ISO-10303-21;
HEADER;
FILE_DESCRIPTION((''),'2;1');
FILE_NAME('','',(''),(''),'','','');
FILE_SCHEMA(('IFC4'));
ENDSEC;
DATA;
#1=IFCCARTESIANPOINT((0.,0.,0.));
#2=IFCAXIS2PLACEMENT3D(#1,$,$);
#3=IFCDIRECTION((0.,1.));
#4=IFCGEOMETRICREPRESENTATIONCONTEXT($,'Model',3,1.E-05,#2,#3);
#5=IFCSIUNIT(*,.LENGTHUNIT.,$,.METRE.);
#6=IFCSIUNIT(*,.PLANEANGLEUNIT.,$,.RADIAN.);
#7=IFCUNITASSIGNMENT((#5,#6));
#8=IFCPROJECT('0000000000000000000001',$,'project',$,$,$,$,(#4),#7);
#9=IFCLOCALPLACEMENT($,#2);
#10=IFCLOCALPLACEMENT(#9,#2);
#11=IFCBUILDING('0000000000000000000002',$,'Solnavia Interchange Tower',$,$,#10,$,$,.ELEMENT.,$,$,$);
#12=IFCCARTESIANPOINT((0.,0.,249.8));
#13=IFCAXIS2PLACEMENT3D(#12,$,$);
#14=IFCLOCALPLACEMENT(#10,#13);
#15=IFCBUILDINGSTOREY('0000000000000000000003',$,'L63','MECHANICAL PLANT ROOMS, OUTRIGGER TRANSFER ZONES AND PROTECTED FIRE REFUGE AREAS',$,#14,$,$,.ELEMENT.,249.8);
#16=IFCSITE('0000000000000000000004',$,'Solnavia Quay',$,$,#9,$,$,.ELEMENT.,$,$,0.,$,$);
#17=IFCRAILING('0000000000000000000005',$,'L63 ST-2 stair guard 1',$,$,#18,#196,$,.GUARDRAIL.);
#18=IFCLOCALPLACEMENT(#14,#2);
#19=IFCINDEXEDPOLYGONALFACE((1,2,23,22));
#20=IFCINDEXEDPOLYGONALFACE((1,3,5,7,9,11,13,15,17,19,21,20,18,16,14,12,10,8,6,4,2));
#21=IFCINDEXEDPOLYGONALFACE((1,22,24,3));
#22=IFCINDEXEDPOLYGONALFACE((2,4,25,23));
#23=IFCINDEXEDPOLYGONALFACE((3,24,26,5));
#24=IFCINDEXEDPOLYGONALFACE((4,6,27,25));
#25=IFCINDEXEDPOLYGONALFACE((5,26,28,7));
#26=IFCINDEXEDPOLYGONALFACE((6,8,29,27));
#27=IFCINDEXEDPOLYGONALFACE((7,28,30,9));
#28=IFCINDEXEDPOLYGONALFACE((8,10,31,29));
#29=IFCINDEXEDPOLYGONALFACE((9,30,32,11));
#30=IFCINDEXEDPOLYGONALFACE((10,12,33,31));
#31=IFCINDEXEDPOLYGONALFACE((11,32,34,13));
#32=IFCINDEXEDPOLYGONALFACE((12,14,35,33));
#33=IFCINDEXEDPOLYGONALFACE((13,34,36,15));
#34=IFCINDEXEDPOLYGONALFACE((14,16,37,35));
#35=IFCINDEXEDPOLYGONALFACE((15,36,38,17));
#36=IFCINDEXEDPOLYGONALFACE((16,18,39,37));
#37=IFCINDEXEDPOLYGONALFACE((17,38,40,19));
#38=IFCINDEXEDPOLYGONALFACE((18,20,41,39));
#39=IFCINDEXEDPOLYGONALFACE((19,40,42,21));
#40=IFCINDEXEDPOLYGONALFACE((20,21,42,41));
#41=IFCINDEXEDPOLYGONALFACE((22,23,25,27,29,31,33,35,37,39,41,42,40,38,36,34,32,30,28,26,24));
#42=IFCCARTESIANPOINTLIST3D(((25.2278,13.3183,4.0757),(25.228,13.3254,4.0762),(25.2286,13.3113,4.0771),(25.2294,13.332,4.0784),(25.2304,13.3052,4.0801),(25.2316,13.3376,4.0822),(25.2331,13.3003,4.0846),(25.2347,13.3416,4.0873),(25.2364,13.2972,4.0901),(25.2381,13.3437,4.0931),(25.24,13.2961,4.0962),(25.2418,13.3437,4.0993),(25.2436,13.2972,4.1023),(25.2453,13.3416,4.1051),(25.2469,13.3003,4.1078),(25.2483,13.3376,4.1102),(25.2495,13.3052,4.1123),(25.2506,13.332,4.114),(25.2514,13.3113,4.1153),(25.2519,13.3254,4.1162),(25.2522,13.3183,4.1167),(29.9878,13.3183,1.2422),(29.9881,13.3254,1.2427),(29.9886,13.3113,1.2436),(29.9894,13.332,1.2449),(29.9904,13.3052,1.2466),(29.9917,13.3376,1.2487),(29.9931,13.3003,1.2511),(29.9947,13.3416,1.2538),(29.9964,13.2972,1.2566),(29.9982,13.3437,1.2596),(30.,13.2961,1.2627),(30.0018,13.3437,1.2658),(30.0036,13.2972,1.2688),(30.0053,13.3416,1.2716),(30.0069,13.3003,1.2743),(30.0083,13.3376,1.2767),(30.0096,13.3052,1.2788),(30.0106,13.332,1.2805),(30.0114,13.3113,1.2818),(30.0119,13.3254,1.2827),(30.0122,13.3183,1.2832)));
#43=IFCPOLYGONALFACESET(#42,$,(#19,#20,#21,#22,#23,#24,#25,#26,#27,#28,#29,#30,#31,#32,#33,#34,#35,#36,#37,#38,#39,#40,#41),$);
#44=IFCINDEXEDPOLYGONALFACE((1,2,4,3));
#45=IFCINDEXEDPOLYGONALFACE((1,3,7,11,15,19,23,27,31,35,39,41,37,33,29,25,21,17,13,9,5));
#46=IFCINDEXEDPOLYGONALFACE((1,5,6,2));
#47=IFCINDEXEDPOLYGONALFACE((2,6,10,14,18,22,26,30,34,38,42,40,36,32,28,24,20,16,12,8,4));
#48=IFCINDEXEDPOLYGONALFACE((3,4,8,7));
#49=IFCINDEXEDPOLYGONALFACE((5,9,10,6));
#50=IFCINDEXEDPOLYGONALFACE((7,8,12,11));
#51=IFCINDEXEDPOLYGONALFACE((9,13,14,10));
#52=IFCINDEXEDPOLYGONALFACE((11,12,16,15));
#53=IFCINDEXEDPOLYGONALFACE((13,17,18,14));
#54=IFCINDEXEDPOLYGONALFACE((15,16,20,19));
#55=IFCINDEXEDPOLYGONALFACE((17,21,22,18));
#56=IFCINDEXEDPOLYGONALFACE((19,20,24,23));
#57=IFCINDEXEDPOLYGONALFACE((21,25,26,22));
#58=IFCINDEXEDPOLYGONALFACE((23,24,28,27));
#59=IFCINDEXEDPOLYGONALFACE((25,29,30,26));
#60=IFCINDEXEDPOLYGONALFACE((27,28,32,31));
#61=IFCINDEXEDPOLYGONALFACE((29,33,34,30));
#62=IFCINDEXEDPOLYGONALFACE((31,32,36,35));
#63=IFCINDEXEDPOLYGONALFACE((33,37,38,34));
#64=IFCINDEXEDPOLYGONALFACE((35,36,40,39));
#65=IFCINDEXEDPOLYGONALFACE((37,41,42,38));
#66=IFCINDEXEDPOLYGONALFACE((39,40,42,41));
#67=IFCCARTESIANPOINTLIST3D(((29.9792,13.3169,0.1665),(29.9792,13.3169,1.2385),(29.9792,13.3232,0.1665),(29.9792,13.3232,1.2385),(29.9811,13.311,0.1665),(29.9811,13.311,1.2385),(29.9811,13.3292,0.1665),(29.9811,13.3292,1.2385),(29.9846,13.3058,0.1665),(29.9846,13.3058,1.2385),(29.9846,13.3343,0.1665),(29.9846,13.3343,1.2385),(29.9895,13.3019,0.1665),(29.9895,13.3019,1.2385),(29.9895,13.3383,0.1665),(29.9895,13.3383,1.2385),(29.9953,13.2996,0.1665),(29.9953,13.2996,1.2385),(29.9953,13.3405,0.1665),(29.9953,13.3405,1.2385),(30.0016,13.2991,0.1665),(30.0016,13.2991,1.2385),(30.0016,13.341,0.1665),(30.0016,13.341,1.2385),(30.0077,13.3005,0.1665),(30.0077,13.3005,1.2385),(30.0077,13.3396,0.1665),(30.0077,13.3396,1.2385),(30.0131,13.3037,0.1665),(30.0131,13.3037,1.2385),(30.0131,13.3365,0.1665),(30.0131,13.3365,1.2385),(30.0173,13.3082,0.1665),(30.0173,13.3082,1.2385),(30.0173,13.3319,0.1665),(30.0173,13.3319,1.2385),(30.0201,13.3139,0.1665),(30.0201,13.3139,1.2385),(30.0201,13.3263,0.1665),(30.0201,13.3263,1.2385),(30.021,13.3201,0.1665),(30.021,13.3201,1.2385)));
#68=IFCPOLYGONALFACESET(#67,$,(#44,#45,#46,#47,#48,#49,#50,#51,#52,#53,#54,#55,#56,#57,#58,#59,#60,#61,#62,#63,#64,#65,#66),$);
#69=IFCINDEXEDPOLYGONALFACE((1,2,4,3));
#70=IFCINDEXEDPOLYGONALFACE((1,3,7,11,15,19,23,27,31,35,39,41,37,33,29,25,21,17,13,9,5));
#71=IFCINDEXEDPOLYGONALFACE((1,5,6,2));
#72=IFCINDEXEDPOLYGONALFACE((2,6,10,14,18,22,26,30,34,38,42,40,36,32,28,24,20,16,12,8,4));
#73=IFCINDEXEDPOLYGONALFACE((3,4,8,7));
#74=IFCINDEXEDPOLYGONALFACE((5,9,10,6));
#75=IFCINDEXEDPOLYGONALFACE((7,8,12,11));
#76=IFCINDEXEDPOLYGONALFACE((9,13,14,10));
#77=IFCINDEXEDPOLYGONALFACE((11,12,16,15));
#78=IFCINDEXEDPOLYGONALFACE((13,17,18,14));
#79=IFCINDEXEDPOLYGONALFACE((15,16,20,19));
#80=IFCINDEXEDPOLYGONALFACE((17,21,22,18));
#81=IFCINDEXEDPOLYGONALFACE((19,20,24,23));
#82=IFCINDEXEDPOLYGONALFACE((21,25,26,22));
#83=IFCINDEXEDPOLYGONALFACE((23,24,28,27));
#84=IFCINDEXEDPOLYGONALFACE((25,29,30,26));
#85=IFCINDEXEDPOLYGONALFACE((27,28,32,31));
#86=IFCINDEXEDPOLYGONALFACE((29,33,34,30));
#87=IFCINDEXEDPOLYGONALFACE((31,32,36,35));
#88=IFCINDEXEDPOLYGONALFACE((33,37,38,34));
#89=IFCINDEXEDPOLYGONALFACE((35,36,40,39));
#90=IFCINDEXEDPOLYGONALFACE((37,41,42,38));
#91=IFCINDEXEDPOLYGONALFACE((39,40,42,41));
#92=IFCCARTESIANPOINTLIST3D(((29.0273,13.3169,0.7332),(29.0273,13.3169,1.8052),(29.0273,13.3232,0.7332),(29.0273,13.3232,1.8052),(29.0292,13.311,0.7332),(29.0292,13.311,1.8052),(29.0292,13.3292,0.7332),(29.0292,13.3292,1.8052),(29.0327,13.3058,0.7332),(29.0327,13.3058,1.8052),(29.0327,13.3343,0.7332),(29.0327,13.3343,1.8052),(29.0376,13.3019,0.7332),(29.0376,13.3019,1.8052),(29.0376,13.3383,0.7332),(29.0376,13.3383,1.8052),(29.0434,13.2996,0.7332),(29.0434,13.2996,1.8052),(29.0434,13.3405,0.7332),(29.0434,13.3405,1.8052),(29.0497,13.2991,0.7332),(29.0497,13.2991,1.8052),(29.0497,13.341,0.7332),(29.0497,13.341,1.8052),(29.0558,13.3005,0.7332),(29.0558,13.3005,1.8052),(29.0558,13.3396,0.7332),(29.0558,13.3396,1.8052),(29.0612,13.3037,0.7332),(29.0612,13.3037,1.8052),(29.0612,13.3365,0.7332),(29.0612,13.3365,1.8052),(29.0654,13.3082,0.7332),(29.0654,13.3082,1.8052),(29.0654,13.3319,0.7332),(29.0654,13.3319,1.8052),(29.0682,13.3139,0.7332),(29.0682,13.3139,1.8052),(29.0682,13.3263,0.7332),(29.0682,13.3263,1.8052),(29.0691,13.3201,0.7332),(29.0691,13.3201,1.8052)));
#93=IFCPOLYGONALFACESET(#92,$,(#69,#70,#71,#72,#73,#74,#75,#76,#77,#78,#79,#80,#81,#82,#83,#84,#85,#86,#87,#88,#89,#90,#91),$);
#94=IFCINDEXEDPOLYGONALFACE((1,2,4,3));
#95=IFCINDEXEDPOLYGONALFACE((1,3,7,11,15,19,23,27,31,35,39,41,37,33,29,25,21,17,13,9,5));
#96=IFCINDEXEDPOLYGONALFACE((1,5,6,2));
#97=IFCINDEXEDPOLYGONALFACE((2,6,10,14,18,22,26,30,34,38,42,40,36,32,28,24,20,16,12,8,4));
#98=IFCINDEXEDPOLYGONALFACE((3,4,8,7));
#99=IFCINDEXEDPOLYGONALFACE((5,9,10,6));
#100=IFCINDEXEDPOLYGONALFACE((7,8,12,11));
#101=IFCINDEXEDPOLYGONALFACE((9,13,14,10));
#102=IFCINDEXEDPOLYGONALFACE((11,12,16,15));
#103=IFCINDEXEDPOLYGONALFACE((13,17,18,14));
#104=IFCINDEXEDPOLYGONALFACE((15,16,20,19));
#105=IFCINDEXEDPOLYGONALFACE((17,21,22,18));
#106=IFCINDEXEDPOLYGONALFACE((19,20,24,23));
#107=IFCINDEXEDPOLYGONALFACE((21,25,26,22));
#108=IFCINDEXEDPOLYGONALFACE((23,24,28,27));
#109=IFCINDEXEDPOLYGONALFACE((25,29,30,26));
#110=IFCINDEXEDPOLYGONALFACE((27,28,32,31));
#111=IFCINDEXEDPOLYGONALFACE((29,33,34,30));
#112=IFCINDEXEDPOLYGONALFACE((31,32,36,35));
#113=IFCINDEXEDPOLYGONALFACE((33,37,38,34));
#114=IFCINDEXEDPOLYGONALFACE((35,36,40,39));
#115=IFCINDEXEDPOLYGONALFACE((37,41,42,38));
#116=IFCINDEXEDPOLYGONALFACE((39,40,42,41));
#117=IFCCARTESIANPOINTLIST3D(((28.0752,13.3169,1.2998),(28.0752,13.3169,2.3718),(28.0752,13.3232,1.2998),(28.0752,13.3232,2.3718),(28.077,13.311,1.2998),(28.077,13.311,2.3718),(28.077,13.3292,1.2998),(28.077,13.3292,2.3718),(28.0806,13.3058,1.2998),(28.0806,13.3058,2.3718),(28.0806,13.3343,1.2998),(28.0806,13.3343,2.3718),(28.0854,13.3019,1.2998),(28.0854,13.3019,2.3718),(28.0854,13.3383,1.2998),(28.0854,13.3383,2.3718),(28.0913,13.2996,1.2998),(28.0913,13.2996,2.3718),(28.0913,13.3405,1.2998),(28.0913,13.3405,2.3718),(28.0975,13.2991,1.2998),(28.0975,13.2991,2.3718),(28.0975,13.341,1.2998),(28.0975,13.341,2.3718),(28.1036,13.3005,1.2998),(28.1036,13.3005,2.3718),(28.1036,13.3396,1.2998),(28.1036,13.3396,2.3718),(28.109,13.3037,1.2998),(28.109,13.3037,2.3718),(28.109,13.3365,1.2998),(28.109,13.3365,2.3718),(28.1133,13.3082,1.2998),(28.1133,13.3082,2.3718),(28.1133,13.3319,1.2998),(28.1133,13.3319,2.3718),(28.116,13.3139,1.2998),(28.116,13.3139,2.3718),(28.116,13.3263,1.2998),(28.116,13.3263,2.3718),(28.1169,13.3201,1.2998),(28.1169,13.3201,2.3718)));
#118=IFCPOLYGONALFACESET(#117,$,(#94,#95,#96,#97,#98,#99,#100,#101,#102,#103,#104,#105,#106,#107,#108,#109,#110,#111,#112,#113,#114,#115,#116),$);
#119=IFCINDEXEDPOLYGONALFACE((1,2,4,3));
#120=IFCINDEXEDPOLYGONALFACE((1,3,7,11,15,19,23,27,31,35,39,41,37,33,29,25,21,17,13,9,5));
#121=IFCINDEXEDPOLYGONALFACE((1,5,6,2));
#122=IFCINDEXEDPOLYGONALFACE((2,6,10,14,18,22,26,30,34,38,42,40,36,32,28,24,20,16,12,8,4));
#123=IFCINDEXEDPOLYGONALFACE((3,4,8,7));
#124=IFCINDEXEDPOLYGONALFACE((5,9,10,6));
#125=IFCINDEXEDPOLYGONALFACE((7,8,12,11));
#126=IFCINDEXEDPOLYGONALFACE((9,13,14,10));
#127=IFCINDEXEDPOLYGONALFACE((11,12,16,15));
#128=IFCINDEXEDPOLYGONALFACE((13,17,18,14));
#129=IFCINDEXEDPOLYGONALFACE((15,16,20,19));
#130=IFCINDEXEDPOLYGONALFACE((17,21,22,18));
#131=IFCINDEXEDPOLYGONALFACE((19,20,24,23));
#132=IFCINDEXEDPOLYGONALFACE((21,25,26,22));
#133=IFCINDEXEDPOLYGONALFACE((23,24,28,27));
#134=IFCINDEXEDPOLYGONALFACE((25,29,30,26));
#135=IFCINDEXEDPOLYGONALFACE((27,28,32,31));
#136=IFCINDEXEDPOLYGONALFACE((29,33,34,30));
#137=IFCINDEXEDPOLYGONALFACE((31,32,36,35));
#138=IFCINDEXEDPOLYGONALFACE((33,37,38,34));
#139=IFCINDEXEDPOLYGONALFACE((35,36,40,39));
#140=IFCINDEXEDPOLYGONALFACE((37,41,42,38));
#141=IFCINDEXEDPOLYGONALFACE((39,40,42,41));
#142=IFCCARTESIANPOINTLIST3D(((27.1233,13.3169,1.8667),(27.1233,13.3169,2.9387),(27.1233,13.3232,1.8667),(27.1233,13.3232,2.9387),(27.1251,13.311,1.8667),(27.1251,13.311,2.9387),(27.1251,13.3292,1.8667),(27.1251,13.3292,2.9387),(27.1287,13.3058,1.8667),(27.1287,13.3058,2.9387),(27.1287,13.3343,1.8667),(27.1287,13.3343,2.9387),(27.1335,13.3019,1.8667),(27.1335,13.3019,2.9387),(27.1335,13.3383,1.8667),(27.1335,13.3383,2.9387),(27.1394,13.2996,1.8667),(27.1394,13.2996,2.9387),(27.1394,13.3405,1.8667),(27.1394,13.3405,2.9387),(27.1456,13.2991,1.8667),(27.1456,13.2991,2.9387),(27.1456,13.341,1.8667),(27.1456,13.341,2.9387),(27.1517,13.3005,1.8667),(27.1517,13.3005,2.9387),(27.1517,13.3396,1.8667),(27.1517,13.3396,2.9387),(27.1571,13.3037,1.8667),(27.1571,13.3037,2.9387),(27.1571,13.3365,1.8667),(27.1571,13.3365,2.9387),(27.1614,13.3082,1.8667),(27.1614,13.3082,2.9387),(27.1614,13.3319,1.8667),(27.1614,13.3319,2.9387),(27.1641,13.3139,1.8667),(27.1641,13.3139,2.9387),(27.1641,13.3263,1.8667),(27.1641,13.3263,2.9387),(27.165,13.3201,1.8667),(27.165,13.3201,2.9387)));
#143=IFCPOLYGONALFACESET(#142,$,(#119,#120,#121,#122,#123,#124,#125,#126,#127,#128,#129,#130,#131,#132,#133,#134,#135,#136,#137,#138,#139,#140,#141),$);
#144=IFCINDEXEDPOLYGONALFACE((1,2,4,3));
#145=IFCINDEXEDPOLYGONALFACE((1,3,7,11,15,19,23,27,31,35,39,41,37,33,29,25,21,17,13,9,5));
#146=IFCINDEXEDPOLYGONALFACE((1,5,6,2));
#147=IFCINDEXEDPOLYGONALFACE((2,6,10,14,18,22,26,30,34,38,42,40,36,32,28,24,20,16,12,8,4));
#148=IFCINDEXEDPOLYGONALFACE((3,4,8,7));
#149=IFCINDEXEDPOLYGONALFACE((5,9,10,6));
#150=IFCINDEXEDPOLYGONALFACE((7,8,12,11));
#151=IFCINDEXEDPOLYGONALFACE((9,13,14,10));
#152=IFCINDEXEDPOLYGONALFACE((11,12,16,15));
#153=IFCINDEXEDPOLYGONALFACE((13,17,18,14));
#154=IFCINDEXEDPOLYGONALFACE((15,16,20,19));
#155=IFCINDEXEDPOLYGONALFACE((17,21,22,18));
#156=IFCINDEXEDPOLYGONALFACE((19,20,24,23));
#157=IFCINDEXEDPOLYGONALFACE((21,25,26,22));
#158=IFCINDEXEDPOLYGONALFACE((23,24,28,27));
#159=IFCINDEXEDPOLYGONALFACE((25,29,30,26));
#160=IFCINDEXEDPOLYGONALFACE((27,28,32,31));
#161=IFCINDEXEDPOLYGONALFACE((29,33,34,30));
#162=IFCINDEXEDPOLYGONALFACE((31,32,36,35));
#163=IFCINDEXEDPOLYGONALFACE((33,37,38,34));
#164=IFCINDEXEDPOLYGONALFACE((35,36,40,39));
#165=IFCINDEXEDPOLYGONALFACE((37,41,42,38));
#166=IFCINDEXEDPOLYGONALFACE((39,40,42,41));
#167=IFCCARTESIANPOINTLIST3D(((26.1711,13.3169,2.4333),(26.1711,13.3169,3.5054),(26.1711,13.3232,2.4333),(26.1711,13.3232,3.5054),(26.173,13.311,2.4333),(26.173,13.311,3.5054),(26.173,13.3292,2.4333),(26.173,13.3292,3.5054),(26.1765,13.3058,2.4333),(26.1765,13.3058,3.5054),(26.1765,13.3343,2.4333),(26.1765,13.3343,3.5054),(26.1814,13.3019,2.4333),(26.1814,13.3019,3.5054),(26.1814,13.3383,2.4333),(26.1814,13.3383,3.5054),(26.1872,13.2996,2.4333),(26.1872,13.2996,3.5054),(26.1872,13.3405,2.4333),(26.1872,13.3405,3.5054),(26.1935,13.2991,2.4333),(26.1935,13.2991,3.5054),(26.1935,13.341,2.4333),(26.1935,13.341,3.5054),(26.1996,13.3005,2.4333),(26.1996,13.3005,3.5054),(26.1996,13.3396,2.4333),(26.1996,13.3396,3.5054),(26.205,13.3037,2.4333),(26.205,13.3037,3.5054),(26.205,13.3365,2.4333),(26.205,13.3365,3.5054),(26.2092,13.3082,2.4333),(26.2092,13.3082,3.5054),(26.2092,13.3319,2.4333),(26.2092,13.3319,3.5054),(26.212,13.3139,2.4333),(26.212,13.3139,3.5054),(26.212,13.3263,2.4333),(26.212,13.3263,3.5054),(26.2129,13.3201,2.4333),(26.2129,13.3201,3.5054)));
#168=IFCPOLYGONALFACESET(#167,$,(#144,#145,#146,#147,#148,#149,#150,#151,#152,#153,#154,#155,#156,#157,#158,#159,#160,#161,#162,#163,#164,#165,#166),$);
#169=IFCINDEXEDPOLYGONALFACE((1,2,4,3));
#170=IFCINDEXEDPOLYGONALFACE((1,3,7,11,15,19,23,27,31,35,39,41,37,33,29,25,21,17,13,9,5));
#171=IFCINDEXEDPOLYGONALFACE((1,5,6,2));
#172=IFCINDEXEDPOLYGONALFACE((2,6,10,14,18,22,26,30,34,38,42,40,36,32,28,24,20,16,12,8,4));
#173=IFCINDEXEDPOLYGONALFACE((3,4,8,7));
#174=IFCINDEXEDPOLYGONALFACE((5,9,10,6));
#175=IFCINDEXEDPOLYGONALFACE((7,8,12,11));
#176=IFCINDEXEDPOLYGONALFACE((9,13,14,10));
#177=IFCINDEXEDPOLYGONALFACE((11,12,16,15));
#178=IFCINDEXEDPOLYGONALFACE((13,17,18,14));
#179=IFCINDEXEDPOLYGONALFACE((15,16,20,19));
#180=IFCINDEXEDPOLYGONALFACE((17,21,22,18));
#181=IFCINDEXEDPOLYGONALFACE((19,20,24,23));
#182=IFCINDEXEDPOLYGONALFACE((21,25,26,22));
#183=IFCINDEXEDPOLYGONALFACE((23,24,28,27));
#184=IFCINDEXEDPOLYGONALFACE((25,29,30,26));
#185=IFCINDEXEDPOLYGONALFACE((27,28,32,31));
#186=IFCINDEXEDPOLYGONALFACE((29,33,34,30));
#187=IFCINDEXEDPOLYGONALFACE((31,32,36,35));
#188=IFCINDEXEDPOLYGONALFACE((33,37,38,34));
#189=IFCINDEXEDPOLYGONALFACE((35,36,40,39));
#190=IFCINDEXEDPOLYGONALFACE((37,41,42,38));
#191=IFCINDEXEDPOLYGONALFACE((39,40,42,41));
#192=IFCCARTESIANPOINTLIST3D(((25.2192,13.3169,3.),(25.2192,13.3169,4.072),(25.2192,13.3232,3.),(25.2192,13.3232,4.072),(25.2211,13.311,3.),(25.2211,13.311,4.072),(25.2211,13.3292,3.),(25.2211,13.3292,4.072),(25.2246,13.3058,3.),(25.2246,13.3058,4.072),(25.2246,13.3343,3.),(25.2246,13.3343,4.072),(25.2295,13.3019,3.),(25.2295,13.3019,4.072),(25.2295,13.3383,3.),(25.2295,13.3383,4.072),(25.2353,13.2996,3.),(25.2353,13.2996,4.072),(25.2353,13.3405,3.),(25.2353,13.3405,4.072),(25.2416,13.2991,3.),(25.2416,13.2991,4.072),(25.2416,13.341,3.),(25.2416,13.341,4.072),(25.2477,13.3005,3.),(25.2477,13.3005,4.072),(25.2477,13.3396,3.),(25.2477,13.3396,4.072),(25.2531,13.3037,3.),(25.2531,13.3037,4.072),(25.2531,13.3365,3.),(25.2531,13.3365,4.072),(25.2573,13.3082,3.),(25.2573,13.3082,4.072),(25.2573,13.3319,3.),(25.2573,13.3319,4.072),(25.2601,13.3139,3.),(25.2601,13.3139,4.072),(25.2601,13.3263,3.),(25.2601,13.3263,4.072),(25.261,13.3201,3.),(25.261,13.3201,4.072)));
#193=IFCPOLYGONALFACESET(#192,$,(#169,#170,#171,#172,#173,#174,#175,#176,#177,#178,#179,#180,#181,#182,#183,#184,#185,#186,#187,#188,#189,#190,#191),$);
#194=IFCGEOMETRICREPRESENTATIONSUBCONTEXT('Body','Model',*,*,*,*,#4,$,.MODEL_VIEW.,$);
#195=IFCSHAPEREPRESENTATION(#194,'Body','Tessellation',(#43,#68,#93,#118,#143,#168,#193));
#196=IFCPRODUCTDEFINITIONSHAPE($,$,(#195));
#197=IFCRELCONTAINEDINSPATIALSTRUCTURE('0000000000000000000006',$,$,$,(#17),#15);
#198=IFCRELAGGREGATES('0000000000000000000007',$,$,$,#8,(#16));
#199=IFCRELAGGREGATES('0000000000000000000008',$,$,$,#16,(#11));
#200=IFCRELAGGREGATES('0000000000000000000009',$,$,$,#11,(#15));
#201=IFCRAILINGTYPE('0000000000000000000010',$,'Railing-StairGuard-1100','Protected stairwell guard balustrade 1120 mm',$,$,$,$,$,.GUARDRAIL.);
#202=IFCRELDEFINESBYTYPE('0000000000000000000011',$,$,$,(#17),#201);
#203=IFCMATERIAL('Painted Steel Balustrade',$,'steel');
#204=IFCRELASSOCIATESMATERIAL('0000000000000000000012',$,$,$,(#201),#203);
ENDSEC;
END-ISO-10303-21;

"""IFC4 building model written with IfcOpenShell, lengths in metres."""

from ifc_helpers import new_model, si_unit, direction, frame, origin, origin_2d, place, context, subcontext, project, spatial, circle, extrude, material, type_object, element, save


model = new_model("IFC4")

# Units and contexts
model_context = context("Model", 3, precision=1e-05, world=origin(), true_north=direction((0.0, 1.0)))
body_context = subcontext(model_context, "Body", "Model", "MODEL_VIEW")
ifc_project = project(units=[si_unit("LENGTHUNIT", "METRE"), si_unit("PLANEANGLEUNIT", "RADIAN")], contexts=[model_context])

# Site, building, storey
site_placement = place(None, origin())
site = spatial("IfcSite", under=ifc_project, at=site_placement, Name="Solnavia Quay", CompositionType="ELEMENT", RefElevation=0.0)
building_placement = place(site_placement, origin())
building = spatial("IfcBuilding", under=site, at=building_placement, Name="Solnavia Interchange Tower", CompositionType="ELEMENT")
storey_placement = place(building_placement, frame((0.0, 0.0, 249.8)))
storey = spatial("IfcBuildingStorey", under=building, at=storey_placement, Name="L63", Description="MECHANICAL PLANT ROOMS, OUTRIGGER TRANSFER ZONES AND PROTECTED FIRE REFUGE AREAS", CompositionType="ELEMENT", Elevation=249.8)

# Railing
ifc_material_1 = material(Name="Painted Steel Balustrade", Category="steel")
railing_type = type_object("IfcRailingType", Name="Railing-StairGuard-1100", Description="Protected stairwell guard balustrade 1120 mm", PredefinedType="GUARDRAIL", material=ifc_material_1)
railing_1_placement = place(storey_placement, frame((30.0, 13.3201, 0.1665)))
element("IfcRailing", 1, at=railing_1_placement, inside=storey, type_object=railing_type, Name="L63 ST-2 stair guard 1", PredefinedType="GUARDRAIL", context=body_context, shape_type="SweptSolid", body=[
    extrude(circle(Radius=0.0239, at=origin_2d()), frame((0.0, 0.0, 1.0962), z_axis=(-0.85928, 0.0, 0.511505), x_axis=(0.0, -1.0, 0.0)), (0.0, 0.0, 1.0), 5.5396),
    extrude(circle(Radius=0.021, at=origin_2d()), origin(), (0.0, 0.0, 1.0), 1.072),
    extrude(circle(Radius=0.021, at=origin_2d()), frame((-0.9519, 0.0, 0.5667)), (0.0, 0.0, 1.0), 1.072),
    extrude(circle(Radius=0.021, at=origin_2d()), frame((-1.9041, 0.0, 1.1333)), (0.0, 0.0, 1.0), 1.072),
    extrude(circle(Radius=0.021, at=origin_2d()), frame((-2.856, 0.0, 1.7002)), (0.0, 0.0, 1.0), 1.072),
    extrude(circle(Radius=0.021, at=origin_2d()), frame((-3.8081, 0.0, 2.2668)), (0.0, 0.0, 1.0), 1.072),
    extrude(circle(Radius=0.021, at=origin_2d()), frame((-4.76, 0.0, 2.8335)), (0.0, 0.0, 1.0), 1.072),
])

save(model, "model.ifc")
